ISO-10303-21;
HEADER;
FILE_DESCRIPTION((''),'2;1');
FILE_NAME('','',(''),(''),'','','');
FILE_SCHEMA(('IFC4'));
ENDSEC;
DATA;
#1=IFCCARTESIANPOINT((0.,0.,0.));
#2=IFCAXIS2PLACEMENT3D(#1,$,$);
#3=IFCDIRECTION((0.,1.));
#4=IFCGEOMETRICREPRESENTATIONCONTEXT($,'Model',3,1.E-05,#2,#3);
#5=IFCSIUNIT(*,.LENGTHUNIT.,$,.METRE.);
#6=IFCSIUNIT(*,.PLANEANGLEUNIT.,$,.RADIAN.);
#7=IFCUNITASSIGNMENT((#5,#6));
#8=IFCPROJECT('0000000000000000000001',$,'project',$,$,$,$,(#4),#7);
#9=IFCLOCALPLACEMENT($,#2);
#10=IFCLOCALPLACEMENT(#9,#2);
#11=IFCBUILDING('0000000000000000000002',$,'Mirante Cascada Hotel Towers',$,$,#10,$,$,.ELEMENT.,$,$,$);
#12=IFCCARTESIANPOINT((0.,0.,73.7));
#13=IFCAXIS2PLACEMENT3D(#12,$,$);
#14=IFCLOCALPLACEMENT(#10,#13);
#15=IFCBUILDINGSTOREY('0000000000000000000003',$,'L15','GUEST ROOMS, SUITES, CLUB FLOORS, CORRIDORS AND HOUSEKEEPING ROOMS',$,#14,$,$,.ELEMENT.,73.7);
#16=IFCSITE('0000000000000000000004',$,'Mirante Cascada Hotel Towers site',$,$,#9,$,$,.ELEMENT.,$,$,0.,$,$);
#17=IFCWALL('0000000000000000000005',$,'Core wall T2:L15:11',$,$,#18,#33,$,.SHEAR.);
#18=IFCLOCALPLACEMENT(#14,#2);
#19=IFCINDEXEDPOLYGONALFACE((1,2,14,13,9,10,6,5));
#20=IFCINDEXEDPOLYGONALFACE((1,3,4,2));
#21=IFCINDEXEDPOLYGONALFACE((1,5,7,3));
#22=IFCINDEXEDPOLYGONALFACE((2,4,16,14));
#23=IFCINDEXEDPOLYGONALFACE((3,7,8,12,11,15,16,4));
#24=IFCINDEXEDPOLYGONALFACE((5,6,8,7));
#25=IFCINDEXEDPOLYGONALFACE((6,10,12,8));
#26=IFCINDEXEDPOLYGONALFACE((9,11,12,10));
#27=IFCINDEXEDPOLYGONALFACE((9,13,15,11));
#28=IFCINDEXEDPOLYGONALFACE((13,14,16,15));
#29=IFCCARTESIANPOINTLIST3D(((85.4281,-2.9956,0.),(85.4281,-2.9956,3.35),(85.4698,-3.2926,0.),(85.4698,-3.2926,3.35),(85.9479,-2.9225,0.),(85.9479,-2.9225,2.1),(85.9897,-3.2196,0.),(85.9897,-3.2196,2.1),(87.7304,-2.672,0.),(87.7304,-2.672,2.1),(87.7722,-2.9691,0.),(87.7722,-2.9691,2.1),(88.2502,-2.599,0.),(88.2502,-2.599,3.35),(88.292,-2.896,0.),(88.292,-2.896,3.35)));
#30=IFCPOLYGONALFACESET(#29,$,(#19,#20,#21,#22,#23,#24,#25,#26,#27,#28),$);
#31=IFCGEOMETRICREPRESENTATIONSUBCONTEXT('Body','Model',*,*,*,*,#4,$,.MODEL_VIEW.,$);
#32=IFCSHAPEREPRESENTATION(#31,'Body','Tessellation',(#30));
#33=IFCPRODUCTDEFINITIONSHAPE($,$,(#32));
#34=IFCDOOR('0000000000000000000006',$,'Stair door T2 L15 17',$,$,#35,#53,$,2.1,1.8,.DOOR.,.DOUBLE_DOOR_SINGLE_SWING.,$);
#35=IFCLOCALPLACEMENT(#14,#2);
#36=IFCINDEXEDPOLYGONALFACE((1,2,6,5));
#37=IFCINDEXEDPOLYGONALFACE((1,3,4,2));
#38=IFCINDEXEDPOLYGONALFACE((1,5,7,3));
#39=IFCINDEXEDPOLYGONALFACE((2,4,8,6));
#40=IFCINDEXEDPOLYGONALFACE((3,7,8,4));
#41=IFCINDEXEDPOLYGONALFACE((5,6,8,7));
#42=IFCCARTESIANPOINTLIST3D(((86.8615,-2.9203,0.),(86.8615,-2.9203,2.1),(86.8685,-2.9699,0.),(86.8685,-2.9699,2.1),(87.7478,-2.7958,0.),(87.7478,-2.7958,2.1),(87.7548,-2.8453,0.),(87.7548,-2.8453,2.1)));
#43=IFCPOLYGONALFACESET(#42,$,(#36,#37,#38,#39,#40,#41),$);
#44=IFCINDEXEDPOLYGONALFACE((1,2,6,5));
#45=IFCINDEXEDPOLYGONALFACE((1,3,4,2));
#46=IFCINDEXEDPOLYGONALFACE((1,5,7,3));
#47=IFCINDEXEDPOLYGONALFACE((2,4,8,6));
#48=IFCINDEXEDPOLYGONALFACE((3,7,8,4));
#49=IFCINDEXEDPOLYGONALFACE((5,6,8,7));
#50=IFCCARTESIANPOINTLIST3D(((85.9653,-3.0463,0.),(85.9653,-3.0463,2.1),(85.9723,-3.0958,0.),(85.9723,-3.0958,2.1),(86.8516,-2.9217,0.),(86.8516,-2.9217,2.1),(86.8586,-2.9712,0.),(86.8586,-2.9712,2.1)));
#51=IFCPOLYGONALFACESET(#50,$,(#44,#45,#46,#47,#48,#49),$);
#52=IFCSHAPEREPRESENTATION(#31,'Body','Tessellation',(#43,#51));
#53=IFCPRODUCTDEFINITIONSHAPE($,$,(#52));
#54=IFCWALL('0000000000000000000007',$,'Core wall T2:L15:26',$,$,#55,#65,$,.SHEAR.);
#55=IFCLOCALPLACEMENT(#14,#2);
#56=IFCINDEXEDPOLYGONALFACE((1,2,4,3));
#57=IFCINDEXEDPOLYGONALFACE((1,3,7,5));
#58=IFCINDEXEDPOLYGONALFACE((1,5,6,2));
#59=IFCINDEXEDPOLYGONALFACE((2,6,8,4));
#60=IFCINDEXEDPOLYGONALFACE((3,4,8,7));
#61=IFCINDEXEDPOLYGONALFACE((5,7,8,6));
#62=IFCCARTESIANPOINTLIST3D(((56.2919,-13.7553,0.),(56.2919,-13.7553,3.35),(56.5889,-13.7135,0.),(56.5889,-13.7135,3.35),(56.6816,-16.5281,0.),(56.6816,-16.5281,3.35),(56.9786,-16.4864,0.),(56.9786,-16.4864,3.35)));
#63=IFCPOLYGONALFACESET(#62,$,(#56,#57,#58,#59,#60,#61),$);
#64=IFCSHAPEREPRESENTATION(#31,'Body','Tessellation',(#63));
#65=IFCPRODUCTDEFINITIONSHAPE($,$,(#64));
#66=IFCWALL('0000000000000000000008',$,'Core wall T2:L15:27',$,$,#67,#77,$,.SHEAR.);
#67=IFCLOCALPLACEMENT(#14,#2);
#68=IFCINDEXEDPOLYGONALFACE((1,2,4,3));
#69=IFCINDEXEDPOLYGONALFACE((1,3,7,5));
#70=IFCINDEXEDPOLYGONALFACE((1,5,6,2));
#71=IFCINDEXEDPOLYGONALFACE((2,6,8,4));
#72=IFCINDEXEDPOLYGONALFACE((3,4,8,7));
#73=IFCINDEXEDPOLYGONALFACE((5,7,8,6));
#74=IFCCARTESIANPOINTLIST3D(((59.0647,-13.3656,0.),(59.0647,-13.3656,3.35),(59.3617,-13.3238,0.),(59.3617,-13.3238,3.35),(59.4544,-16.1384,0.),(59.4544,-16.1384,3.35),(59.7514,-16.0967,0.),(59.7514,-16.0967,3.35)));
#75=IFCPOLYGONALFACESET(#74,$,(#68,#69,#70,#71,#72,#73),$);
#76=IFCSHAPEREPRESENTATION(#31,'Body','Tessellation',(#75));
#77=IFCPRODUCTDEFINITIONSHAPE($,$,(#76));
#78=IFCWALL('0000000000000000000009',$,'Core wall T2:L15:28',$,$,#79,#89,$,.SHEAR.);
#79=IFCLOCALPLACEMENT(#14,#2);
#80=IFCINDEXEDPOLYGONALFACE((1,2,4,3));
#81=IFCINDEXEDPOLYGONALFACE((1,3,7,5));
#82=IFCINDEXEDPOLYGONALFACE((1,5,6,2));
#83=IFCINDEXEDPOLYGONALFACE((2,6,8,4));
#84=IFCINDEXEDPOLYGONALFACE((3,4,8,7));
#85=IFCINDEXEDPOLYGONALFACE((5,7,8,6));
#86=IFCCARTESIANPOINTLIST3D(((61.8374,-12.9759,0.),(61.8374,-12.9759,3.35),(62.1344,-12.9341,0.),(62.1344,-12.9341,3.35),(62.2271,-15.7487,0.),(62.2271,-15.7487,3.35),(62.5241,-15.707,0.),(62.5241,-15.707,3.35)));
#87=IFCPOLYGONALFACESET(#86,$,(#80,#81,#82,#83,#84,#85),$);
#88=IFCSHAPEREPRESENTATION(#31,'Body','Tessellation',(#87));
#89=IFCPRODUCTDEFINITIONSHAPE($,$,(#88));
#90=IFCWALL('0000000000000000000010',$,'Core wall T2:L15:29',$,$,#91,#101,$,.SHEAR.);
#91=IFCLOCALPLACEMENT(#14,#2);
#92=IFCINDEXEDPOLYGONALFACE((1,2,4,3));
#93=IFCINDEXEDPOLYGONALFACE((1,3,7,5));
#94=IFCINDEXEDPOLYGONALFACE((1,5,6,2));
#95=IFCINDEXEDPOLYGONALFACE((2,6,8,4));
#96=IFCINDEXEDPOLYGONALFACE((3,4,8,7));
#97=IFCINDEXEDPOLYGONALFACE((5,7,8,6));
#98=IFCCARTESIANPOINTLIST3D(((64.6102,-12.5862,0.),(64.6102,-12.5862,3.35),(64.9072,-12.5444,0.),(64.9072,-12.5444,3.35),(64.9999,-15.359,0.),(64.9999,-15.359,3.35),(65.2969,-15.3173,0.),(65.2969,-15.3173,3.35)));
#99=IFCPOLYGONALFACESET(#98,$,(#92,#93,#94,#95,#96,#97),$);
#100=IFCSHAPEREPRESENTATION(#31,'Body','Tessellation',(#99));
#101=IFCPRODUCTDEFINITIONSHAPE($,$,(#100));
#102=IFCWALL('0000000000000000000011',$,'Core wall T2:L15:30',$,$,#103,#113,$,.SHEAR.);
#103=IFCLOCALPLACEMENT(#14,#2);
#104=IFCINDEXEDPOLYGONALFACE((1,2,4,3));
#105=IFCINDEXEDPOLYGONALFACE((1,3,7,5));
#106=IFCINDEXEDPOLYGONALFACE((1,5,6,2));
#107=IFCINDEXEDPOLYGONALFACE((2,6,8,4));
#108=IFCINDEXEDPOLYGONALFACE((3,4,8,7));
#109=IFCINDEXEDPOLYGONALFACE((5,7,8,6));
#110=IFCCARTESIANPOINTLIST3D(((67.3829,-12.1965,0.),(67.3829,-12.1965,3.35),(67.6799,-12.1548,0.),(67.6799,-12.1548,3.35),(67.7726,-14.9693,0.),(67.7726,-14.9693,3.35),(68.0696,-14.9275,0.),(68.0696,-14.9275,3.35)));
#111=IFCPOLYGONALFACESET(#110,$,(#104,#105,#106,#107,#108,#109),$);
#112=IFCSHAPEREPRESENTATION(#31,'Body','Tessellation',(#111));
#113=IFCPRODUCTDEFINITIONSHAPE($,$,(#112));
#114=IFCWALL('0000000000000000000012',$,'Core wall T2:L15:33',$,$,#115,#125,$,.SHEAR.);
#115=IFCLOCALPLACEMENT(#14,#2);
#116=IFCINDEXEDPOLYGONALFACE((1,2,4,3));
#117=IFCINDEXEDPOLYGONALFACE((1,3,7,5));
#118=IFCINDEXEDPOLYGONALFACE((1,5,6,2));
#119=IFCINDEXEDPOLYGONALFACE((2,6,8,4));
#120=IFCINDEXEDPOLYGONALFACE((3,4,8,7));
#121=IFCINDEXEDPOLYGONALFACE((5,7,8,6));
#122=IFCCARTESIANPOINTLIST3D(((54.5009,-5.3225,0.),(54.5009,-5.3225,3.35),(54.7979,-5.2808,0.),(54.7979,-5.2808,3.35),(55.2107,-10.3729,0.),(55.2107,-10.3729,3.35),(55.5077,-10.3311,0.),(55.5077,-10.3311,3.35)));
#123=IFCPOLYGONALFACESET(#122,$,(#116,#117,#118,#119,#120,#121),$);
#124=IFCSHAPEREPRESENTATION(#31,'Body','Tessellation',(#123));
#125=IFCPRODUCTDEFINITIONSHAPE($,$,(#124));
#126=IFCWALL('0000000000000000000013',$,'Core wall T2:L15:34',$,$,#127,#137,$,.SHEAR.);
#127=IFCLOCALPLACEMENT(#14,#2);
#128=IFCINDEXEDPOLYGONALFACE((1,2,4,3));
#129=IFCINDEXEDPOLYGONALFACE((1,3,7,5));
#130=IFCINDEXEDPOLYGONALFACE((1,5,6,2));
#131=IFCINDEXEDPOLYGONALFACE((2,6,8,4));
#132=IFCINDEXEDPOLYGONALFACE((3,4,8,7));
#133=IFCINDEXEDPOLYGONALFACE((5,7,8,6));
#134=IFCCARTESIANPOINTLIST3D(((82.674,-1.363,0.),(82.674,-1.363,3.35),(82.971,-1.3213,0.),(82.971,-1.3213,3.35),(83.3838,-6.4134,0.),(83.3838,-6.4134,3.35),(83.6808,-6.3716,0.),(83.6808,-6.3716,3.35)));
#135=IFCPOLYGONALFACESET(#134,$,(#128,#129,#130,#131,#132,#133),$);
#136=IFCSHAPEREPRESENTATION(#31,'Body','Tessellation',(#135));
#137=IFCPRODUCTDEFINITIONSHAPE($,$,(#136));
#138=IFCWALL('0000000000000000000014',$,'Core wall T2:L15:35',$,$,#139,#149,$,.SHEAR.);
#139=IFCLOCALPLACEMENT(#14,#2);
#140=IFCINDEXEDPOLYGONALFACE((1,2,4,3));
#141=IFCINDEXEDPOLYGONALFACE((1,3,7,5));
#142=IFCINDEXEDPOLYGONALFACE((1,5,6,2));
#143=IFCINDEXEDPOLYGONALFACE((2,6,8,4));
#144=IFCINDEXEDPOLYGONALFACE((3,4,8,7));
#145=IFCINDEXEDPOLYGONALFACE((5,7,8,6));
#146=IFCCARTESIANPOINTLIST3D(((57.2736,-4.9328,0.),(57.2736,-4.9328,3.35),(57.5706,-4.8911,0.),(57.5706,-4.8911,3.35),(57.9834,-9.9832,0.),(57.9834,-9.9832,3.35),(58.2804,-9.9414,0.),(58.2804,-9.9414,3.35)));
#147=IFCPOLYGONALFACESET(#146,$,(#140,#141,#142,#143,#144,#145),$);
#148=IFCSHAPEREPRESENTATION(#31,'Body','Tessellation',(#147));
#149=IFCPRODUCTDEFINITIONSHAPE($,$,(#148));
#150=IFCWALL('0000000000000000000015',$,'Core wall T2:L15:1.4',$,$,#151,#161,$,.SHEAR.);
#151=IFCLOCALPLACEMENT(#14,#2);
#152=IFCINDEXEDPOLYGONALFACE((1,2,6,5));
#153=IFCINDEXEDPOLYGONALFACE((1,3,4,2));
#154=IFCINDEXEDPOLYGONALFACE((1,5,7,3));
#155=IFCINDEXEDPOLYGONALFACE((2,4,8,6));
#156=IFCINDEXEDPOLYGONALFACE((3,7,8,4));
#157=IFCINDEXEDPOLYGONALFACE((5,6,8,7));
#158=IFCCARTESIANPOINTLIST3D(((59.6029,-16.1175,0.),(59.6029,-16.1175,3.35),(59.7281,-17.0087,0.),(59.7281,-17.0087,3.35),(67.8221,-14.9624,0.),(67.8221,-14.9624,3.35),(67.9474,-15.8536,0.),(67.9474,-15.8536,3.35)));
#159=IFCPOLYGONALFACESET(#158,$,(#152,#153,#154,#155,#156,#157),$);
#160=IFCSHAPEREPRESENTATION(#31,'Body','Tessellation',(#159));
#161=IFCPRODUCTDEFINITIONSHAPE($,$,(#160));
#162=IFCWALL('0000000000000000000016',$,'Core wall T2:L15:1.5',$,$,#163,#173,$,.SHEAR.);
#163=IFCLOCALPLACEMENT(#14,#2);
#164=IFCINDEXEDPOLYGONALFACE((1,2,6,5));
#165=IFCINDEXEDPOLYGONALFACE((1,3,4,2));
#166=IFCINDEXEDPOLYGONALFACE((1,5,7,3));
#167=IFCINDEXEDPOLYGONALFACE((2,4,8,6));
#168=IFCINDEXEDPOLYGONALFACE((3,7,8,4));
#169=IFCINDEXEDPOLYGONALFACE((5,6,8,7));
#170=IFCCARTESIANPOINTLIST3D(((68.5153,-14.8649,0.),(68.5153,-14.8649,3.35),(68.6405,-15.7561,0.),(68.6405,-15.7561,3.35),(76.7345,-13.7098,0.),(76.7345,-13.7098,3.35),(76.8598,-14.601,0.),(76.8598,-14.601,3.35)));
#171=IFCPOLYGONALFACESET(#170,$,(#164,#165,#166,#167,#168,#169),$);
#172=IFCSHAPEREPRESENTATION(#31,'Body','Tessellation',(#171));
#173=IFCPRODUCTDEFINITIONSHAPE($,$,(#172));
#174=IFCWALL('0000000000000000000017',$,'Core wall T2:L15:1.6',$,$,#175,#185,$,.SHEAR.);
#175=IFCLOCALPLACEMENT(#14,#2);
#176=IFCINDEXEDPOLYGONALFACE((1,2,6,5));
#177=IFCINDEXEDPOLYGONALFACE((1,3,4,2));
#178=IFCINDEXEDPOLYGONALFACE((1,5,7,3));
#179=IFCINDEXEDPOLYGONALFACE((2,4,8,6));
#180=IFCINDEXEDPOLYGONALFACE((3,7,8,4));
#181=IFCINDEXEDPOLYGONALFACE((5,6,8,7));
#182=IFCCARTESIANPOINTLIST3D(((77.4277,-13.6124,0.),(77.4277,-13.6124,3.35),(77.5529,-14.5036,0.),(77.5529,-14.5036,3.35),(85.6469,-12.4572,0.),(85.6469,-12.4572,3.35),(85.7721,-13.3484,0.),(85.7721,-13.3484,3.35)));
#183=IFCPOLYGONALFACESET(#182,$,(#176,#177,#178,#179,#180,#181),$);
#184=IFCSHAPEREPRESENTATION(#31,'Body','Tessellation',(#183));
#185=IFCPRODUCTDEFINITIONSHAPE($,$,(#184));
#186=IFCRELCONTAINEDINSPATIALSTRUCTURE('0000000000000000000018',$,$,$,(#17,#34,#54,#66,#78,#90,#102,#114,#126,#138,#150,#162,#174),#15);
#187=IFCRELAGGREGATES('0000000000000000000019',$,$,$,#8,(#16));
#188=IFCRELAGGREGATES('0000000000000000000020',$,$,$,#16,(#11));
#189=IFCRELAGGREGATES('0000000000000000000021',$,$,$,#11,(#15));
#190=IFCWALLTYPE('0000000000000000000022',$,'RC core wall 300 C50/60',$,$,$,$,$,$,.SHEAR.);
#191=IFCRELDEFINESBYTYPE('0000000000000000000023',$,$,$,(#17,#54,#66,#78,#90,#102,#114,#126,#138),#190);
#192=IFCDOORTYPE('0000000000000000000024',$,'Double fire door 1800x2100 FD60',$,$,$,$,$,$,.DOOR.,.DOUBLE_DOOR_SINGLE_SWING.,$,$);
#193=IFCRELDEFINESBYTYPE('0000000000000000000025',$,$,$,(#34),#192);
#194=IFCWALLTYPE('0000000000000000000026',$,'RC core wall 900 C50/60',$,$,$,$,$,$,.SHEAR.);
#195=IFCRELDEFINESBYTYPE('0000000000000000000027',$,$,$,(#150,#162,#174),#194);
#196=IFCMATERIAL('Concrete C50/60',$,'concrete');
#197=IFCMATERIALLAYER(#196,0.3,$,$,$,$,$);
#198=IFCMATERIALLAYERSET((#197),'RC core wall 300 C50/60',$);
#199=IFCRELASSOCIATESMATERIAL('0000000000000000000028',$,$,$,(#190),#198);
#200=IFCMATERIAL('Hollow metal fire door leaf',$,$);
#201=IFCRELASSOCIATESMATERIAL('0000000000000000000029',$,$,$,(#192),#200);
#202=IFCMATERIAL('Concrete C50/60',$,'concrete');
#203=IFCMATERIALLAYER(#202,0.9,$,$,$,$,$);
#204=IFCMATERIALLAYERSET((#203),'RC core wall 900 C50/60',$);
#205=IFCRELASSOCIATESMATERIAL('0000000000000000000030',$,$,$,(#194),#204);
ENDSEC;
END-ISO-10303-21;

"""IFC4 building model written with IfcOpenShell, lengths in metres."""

from ifc_helpers import new_model, si_unit, direction, frame, frame_2d, origin, place, context, subcontext, project, spatial, rectangle, extrude, material, layer, layer_set, type_object, element, fill, save


model = new_model("IFC4")

# Units and contexts
model_context = context("Model", 3, precision=1e-05, world=origin(), true_north=direction((0.0, 1.0)))
body_context = subcontext(model_context, "Body", "Model", "MODEL_VIEW")
ifc_project = project(units=[si_unit("LENGTHUNIT", "METRE"), si_unit("PLANEANGLEUNIT", "RADIAN")], contexts=[model_context])

# Site, building, storey
site_placement = place(None, origin())
site = spatial("IfcSite", under=ifc_project, at=site_placement, Name="Mirante Cascada Hotel Towers site", CompositionType="ELEMENT", RefElevation=0.0)
building_placement = place(site_placement, origin())
building = spatial("IfcBuilding", under=site, at=building_placement, Name="Mirante Cascada Hotel Towers", CompositionType="ELEMENT")
storey_placement = place(building_placement, frame((0.0, 0.0, 73.7)))
storey = spatial("IfcBuildingStorey", under=building, at=storey_placement, Name="L15", Description="GUEST ROOMS, SUITES, CLUB FLOORS, CORRIDORS AND HOUSEKEEPING ROOMS", CompositionType="ELEMENT", Elevation=73.7)

# Wall, opening, door
ifc_material_1 = material(Name="Concrete C50/60", Category="concrete")
ifc_layer_1 = layer(ifc_material_1, 0.3)
ifc_layer_set_1 = layer_set([ifc_layer_1], Name="RC core wall 300 C50/60")
wall_type_1 = type_object("IfcWallType", Name="RC core wall 300 C50/60", PredefinedType="SHEAR", material=ifc_layer_set_1)
wall_1_placement = place(storey_placement, frame((85.4489, -3.1441, 0.0), z_axis=(0.0, 0.0, 1.0), x_axis=(0.99027, 0.139161, 0.0)))
wall_1 = element("IfcWall", 1, at=wall_1_placement, inside=storey, type_object=wall_type_1, Name="Core wall T2:L15:11", PredefinedType="SHEAR", context=body_context, shape_type="SweptSolid", body=[
    extrude(rectangle(XDim=2.8499, YDim=0.3, at=frame_2d((1.425, 0.0))), origin(), (0.0, 0.0, 1.0), 3.35),
])
opening_placement = place(wall_1_placement, frame((0.525, 0.0, 0.0)))
opening = element("IfcOpeningElement", 2, at=opening_placement, cuts=wall_1, PredefinedType="OPENING", context=body_context, shape_type="SweptSolid", body=[
    extrude(rectangle(XDim=1.8, YDim=2.1, at=frame_2d((0.9, 1.05))), frame((0.0, 0.15, 0.0), z_axis=(0.0, -1.0, 0.0), x_axis=(1.0, 0.0, 0.0)), (0.0, 0.0, 1.0), 0.3),
])
ifc_material_2 = material(Name="Hollow metal fire door leaf")
door_type = type_object("IfcDoorType", Name="Double fire door 1800x2100 FD60", OperationType="DOUBLE_DOOR_SINGLE_SWING", PredefinedType="DOOR", material=ifc_material_2)
door_placement = place(opening_placement, frame((1.8, 0.0, 0.0), z_axis=(0.0, 0.0, 1.0), x_axis=(-1.0, 0.0, 0.0)))
door = element("IfcDoor", 3, at=door_placement, inside=storey, type_object=door_type, Name="Stair door T2 L15 17", OperationType="DOUBLE_DOOR_SINGLE_SWING", OverallHeight=2.1, OverallWidth=1.8, PredefinedType="DOOR", context=body_context, shape_type="SweptSolid", body=[
    extrude(rectangle(XDim=0.895, YDim=2.1, at=frame_2d((0.4475, 1.05))), frame((0.0, 0.025, 0.0), z_axis=(0.0, -1.0, 0.0), x_axis=(1.0, 0.0, 0.0)), (0.0, 0.0, 1.0), 0.05),
    extrude(rectangle(XDim=0.895, YDim=2.1, at=frame_2d((1.3525, 1.05))), frame((0.0, 0.025, 0.0), z_axis=(0.0, -1.0, 0.0), x_axis=(1.0, 0.0, 0.0)), (0.0, 0.0, 1.0), 0.05),
])
fill(opening, door)

# Walls
for number, where, z_axis, x_axis, name in (
    (4, (56.8301, -16.5072, 0.0), (0.0, 0.0, 1.0), (-0.139176, 0.990268, 0.0), "Core wall T2:L15:26"),
    (5, (59.6029, -16.1175, 0.0), (0.0, 0.0, 1.0), (-0.139176, 0.990268, 0.0), "Core wall T2:L15:27"),
    (6, (62.3756, -15.7278, 0.0), (0.0, 0.0, 1.0), (-0.139176, 0.990268, 0.0), "Core wall T2:L15:28"),
    (7, (65.1484, -15.3381, 0.0), (0.0, 0.0, 1.0), (-0.139176, 0.990268, 0.0), "Core wall T2:L15:29"),
):
    element("IfcWall", number, at=place(storey_placement, frame(where, z_axis=z_axis, x_axis=x_axis)), inside=storey, type_object=wall_type_1, Name=name, PredefinedType="SHEAR", context=body_context, shape_type="SweptSolid", body=[
        extrude(rectangle(XDim=2.8001, YDim=0.3, at=frame_2d((1.4, 0.0))), origin(), (0.0, 0.0, 1.0), 3.35),
    ])
wall_2_placement = place(storey_placement, frame((67.9211, -14.9484, 0.0), z_axis=(0.0, 0.0, 1.0), x_axis=(-0.139181, 0.990267, 0.0)))
element("IfcWall", 8, at=wall_2_placement, inside=storey, type_object=wall_type_1, Name="Core wall T2:L15:30", PredefinedType="SHEAR", context=body_context, shape_type="SweptSolid", body=[
    extrude(rectangle(XDim=2.8, YDim=0.3, at=frame_2d((1.4, 0.0))), origin(), (0.0, 0.0, 1.0), 3.35),
])
for number, where, z_axis, x_axis, name in (
    (9, (55.3592, -10.352, 0.0), (0.0, 0.0, 1.0), (-0.139176, 0.990268, 0.0), "Core wall T2:L15:33"),
    (10, (83.5323, -6.3925, 0.0), (0.0, 0.0, 1.0), (-0.139176, 0.990268, 0.0), "Core wall T2:L15:34"),
    (11, (58.1319, -9.9623, 0.0), (0.0, 0.0, 1.0), (-0.139176, 0.990268, 0.0), "Core wall T2:L15:35"),
):
    element("IfcWall", number, at=place(storey_placement, frame(where, z_axis=z_axis, x_axis=x_axis)), inside=storey, type_object=wall_type_1, Name=name, PredefinedType="SHEAR", context=body_context, shape_type="SweptSolid", body=[
        extrude(rectangle(XDim=5.1, YDim=0.3, at=frame_2d((2.55, 0.0))), origin(), (0.0, 0.0, 1.0), 3.35),
    ])
ifc_material_3 = material(Name="Concrete C50/60", Category="concrete")
ifc_layer_2 = layer(ifc_material_3, 0.9)
ifc_layer_set_2 = layer_set([ifc_layer_2], Name="RC core wall 900 C50/60")
wall_type_2 = type_object("IfcWallType", Name="RC core wall 900 C50/60", PredefinedType="SHEAR", material=ifc_layer_set_2)
for number, where, z_axis, x_axis, name in (
    (12, (59.6655, -16.5631, 0.0), (0.0, 0.0, 1.0), (0.990269, 0.139169, 0.0), "Core wall T2:L15:1.4"),
    (13, (68.5779, -15.3105, 0.0), (0.0, 0.0, 1.0), (0.990269, 0.139169, 0.0), "Core wall T2:L15:1.5"),
    (14, (77.4903, -14.058, 0.0), (0.0, 0.0, 1.0), (0.990267, 0.139181, 0.0), "Core wall T2:L15:1.6"),
):
    element("IfcWall", number, at=place(storey_placement, frame(where, z_axis=z_axis, x_axis=x_axis)), inside=storey, type_object=wall_type_2, Name=name, PredefinedType="SHEAR", context=body_context, shape_type="SweptSolid", body=[
        extrude(rectangle(XDim=8.3, YDim=0.9, at=frame_2d((4.15, 0.0))), origin(), (0.0, 0.0, 1.0), 3.35),
    ])

save(model, "model.ifc")
